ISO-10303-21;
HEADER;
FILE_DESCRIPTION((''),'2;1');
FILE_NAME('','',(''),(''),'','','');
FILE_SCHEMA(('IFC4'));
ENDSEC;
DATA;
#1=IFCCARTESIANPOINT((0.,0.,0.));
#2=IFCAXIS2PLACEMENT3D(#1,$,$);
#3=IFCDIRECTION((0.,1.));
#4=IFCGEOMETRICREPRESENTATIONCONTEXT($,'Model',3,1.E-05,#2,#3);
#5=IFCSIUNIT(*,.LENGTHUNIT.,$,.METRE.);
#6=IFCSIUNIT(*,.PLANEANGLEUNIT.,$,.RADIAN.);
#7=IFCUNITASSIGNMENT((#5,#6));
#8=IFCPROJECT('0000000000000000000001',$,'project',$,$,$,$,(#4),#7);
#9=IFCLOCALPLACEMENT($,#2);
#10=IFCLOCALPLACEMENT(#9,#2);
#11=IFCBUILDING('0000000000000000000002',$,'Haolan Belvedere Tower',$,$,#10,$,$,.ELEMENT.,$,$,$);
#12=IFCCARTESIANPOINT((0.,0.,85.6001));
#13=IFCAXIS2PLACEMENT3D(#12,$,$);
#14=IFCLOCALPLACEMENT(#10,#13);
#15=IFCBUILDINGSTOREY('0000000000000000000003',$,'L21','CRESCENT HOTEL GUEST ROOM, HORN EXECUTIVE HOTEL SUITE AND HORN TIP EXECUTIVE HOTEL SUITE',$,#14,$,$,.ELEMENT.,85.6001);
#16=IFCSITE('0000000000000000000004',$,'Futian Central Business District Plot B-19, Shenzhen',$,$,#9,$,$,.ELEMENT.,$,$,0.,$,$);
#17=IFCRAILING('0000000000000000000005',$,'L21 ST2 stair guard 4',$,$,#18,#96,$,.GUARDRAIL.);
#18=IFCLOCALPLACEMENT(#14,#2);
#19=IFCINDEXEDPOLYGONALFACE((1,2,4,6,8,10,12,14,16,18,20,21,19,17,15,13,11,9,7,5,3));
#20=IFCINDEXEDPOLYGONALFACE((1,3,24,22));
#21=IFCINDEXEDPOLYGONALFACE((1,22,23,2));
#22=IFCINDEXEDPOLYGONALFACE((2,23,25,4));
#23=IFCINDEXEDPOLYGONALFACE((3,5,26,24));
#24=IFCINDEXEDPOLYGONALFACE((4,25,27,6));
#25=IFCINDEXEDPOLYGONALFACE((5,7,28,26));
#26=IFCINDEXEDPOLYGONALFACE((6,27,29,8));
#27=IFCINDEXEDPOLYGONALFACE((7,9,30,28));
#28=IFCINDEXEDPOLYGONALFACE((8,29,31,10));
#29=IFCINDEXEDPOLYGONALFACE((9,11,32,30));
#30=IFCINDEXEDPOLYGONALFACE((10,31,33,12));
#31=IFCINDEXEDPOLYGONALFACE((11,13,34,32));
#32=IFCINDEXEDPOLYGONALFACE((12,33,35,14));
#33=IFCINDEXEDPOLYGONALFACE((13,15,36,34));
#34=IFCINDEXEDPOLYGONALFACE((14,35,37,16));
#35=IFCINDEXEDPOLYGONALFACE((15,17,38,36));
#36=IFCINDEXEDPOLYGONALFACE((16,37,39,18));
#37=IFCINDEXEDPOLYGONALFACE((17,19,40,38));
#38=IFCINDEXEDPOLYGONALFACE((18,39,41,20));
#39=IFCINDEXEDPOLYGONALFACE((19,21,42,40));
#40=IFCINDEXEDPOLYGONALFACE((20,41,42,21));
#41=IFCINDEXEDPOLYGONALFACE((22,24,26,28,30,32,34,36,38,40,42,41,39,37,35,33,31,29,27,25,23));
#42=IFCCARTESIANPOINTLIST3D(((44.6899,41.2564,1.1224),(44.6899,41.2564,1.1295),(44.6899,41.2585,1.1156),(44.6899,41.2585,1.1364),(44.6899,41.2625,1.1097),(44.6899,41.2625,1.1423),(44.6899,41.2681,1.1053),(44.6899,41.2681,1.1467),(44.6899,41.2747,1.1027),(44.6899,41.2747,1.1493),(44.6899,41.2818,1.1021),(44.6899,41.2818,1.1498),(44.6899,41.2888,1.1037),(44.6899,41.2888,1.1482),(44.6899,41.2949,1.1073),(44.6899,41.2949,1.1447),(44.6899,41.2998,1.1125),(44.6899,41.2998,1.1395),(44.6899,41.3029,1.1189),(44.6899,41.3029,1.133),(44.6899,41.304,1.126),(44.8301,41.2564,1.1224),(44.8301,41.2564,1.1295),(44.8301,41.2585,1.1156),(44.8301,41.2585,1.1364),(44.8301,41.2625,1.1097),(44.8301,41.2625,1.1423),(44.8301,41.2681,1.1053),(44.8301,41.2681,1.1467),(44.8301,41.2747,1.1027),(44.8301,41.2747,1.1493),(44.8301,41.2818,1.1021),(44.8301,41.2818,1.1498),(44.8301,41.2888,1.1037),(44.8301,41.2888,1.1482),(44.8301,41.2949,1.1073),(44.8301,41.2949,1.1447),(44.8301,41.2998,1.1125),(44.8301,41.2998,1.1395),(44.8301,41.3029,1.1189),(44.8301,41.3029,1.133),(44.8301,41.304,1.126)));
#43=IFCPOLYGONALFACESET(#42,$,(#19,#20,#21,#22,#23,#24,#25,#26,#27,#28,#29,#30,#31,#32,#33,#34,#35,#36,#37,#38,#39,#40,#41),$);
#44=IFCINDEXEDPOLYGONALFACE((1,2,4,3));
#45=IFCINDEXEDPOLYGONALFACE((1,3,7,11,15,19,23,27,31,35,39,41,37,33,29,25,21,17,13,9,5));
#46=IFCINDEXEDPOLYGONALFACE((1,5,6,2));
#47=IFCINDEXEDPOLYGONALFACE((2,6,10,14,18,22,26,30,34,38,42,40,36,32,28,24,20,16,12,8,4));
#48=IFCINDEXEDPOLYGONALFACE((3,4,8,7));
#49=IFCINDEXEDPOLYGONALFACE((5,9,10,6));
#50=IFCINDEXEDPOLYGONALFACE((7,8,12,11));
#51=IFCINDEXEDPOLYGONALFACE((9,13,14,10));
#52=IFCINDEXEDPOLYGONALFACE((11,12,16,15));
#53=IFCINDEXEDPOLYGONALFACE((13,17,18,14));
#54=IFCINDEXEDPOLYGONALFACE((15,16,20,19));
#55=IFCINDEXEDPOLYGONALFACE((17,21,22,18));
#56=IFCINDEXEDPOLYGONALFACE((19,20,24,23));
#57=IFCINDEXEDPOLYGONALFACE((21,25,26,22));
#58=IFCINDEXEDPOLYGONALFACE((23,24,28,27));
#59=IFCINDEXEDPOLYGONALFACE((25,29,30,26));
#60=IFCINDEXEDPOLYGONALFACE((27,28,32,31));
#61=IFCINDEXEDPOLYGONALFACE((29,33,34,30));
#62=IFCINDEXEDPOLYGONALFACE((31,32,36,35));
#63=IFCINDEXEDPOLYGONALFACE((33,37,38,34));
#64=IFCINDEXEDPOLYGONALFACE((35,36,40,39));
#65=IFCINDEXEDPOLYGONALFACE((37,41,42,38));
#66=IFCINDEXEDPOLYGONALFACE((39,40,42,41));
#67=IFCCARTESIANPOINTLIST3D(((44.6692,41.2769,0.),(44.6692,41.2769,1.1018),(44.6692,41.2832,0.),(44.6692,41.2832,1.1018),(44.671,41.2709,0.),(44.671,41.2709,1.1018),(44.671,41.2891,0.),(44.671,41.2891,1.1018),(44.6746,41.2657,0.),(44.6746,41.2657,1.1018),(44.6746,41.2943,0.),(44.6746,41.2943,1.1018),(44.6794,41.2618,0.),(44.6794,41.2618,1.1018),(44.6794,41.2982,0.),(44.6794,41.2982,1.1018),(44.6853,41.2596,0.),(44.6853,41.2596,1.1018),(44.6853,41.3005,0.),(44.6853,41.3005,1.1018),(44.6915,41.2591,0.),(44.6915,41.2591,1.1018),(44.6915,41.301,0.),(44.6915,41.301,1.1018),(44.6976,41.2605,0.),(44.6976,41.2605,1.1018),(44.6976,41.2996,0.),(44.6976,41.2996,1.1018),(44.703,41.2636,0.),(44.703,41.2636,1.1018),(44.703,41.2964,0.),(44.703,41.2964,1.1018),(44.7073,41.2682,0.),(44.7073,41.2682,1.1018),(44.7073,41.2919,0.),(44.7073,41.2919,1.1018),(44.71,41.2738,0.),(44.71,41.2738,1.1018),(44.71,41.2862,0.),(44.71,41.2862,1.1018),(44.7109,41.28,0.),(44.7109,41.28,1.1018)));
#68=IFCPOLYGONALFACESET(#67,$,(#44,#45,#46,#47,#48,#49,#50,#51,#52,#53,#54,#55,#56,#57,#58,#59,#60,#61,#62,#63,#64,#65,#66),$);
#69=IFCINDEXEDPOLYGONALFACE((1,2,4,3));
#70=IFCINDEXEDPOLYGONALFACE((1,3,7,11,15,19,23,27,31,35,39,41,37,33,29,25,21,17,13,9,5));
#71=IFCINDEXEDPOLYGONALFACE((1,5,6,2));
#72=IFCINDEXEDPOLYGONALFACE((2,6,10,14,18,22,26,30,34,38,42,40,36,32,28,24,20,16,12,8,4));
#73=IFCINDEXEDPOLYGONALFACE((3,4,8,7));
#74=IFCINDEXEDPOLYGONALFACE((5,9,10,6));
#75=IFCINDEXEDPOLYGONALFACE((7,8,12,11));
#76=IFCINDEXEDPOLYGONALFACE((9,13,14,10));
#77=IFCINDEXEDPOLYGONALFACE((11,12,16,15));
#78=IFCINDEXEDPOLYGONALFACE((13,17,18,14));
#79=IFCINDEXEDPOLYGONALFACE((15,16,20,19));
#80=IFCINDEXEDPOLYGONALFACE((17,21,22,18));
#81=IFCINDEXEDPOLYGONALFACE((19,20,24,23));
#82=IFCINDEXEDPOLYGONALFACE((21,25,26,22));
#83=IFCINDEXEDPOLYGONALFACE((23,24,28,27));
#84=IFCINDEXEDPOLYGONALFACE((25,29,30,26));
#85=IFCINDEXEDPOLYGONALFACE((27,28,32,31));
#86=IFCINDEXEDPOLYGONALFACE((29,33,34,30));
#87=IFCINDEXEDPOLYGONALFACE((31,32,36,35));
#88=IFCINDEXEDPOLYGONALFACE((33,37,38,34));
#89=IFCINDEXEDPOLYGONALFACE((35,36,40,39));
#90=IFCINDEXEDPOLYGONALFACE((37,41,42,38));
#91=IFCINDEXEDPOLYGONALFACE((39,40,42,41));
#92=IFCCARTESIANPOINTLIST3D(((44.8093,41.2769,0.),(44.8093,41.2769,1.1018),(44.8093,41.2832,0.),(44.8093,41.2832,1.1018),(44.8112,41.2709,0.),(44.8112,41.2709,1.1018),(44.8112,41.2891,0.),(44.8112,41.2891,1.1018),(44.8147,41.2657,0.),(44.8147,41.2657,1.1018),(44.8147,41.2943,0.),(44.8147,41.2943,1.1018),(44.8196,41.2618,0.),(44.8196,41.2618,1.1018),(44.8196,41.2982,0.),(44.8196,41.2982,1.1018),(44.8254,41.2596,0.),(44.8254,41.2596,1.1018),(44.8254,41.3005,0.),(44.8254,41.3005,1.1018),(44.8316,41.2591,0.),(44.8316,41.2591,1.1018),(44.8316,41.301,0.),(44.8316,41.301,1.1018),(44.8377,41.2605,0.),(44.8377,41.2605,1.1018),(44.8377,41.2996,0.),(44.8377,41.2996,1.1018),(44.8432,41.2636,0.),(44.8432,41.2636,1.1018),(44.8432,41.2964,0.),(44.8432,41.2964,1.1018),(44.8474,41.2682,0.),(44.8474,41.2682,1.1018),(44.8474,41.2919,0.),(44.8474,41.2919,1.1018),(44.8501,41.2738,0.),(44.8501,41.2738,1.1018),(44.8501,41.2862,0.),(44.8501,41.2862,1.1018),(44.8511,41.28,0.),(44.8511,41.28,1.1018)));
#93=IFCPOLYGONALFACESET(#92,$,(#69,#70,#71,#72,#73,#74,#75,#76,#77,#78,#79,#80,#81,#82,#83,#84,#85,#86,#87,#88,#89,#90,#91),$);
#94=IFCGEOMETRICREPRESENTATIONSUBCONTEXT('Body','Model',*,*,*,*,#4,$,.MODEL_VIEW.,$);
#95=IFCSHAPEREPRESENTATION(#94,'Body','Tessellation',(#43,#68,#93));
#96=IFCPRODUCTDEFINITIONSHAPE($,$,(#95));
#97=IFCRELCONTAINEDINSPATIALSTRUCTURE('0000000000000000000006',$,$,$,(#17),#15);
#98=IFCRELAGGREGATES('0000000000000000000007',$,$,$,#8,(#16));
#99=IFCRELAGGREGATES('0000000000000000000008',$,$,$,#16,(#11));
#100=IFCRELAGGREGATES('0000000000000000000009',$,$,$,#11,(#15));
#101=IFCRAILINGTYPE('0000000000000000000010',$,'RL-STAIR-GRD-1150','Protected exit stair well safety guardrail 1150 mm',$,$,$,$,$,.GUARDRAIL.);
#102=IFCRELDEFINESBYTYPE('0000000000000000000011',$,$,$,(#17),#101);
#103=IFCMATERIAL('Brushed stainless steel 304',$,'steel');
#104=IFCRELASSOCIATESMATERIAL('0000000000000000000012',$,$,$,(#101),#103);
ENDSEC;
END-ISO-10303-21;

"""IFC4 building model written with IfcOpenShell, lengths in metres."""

from ifc_helpers import new_model, si_unit, direction, frame, origin, origin_2d, place, context, subcontext, project, spatial, circle, extrude, material, type_object, element, save


model = new_model("IFC4")

# Units and contexts
model_context = context("Model", 3, precision=1e-05, world=origin(), true_north=direction((0.0, 1.0)))
body_context = subcontext(model_context, "Body", "Model", "MODEL_VIEW")
ifc_project = project(units=[si_unit("LENGTHUNIT", "METRE"), si_unit("PLANEANGLEUNIT", "RADIAN")], contexts=[model_context])

# Site, building, storey
site_placement = place(None, origin())
site = spatial("IfcSite", under=ifc_project, at=site_placement, Name="Futian Central Business District Plot B-19, Shenzhen", CompositionType="ELEMENT", RefElevation=0.0)
building_placement = place(site_placement, origin())
building = spatial("IfcBuilding", under=site, at=building_placement, Name="Haolan Belvedere Tower", CompositionType="ELEMENT")
storey_placement = place(building_placement, frame((0.0, 0.0, 85.6001)))
storey = spatial("IfcBuildingStorey", under=building, at=storey_placement, Name="L21", Description="CRESCENT HOTEL GUEST ROOM, HORN EXECUTIVE HOTEL SUITE AND HORN TIP EXECUTIVE HOTEL SUITE", CompositionType="ELEMENT", Elevation=85.6001)

# Railing
ifc_material_1 = material(Name="Brushed stainless steel 304", Category="steel")
railing_type_1 = type_object("IfcRailingType", Name="RL-STAIR-GRD-1150", Description="Protected exit stair well safety guardrail 1150 mm", PredefinedType="GUARDRAIL", material=ifc_material_1)
railing_1_placement = place(storey_placement, frame((44.6899, 41.28, 0.0)))
element("IfcRailing", 1, at=railing_1_placement, inside=storey, type_object=railing_type_1, Name="L21 ST2 stair guard 4", PredefinedType="GUARDRAIL", context=body_context, shape_type="SweptSolid", body=[
    extrude(circle(Radius=0.0239, at=origin_2d()), frame((0.0, 0.0, 1.126), z_axis=(1.0, 0.0, 0.0), x_axis=(0.0, 1.0, 0.0)), (0.0, 0.0, 1.0), 0.1401),
    extrude(circle(Radius=0.021, at=origin_2d()), origin(), (0.0, 0.0, 1.0), 1.1018),
    extrude(circle(Radius=0.021, at=origin_2d()), frame((0.1401, 0.0, 0.0)), (0.0, 0.0, 1.0), 1.1018),
])

save(model, "model.ifc")
